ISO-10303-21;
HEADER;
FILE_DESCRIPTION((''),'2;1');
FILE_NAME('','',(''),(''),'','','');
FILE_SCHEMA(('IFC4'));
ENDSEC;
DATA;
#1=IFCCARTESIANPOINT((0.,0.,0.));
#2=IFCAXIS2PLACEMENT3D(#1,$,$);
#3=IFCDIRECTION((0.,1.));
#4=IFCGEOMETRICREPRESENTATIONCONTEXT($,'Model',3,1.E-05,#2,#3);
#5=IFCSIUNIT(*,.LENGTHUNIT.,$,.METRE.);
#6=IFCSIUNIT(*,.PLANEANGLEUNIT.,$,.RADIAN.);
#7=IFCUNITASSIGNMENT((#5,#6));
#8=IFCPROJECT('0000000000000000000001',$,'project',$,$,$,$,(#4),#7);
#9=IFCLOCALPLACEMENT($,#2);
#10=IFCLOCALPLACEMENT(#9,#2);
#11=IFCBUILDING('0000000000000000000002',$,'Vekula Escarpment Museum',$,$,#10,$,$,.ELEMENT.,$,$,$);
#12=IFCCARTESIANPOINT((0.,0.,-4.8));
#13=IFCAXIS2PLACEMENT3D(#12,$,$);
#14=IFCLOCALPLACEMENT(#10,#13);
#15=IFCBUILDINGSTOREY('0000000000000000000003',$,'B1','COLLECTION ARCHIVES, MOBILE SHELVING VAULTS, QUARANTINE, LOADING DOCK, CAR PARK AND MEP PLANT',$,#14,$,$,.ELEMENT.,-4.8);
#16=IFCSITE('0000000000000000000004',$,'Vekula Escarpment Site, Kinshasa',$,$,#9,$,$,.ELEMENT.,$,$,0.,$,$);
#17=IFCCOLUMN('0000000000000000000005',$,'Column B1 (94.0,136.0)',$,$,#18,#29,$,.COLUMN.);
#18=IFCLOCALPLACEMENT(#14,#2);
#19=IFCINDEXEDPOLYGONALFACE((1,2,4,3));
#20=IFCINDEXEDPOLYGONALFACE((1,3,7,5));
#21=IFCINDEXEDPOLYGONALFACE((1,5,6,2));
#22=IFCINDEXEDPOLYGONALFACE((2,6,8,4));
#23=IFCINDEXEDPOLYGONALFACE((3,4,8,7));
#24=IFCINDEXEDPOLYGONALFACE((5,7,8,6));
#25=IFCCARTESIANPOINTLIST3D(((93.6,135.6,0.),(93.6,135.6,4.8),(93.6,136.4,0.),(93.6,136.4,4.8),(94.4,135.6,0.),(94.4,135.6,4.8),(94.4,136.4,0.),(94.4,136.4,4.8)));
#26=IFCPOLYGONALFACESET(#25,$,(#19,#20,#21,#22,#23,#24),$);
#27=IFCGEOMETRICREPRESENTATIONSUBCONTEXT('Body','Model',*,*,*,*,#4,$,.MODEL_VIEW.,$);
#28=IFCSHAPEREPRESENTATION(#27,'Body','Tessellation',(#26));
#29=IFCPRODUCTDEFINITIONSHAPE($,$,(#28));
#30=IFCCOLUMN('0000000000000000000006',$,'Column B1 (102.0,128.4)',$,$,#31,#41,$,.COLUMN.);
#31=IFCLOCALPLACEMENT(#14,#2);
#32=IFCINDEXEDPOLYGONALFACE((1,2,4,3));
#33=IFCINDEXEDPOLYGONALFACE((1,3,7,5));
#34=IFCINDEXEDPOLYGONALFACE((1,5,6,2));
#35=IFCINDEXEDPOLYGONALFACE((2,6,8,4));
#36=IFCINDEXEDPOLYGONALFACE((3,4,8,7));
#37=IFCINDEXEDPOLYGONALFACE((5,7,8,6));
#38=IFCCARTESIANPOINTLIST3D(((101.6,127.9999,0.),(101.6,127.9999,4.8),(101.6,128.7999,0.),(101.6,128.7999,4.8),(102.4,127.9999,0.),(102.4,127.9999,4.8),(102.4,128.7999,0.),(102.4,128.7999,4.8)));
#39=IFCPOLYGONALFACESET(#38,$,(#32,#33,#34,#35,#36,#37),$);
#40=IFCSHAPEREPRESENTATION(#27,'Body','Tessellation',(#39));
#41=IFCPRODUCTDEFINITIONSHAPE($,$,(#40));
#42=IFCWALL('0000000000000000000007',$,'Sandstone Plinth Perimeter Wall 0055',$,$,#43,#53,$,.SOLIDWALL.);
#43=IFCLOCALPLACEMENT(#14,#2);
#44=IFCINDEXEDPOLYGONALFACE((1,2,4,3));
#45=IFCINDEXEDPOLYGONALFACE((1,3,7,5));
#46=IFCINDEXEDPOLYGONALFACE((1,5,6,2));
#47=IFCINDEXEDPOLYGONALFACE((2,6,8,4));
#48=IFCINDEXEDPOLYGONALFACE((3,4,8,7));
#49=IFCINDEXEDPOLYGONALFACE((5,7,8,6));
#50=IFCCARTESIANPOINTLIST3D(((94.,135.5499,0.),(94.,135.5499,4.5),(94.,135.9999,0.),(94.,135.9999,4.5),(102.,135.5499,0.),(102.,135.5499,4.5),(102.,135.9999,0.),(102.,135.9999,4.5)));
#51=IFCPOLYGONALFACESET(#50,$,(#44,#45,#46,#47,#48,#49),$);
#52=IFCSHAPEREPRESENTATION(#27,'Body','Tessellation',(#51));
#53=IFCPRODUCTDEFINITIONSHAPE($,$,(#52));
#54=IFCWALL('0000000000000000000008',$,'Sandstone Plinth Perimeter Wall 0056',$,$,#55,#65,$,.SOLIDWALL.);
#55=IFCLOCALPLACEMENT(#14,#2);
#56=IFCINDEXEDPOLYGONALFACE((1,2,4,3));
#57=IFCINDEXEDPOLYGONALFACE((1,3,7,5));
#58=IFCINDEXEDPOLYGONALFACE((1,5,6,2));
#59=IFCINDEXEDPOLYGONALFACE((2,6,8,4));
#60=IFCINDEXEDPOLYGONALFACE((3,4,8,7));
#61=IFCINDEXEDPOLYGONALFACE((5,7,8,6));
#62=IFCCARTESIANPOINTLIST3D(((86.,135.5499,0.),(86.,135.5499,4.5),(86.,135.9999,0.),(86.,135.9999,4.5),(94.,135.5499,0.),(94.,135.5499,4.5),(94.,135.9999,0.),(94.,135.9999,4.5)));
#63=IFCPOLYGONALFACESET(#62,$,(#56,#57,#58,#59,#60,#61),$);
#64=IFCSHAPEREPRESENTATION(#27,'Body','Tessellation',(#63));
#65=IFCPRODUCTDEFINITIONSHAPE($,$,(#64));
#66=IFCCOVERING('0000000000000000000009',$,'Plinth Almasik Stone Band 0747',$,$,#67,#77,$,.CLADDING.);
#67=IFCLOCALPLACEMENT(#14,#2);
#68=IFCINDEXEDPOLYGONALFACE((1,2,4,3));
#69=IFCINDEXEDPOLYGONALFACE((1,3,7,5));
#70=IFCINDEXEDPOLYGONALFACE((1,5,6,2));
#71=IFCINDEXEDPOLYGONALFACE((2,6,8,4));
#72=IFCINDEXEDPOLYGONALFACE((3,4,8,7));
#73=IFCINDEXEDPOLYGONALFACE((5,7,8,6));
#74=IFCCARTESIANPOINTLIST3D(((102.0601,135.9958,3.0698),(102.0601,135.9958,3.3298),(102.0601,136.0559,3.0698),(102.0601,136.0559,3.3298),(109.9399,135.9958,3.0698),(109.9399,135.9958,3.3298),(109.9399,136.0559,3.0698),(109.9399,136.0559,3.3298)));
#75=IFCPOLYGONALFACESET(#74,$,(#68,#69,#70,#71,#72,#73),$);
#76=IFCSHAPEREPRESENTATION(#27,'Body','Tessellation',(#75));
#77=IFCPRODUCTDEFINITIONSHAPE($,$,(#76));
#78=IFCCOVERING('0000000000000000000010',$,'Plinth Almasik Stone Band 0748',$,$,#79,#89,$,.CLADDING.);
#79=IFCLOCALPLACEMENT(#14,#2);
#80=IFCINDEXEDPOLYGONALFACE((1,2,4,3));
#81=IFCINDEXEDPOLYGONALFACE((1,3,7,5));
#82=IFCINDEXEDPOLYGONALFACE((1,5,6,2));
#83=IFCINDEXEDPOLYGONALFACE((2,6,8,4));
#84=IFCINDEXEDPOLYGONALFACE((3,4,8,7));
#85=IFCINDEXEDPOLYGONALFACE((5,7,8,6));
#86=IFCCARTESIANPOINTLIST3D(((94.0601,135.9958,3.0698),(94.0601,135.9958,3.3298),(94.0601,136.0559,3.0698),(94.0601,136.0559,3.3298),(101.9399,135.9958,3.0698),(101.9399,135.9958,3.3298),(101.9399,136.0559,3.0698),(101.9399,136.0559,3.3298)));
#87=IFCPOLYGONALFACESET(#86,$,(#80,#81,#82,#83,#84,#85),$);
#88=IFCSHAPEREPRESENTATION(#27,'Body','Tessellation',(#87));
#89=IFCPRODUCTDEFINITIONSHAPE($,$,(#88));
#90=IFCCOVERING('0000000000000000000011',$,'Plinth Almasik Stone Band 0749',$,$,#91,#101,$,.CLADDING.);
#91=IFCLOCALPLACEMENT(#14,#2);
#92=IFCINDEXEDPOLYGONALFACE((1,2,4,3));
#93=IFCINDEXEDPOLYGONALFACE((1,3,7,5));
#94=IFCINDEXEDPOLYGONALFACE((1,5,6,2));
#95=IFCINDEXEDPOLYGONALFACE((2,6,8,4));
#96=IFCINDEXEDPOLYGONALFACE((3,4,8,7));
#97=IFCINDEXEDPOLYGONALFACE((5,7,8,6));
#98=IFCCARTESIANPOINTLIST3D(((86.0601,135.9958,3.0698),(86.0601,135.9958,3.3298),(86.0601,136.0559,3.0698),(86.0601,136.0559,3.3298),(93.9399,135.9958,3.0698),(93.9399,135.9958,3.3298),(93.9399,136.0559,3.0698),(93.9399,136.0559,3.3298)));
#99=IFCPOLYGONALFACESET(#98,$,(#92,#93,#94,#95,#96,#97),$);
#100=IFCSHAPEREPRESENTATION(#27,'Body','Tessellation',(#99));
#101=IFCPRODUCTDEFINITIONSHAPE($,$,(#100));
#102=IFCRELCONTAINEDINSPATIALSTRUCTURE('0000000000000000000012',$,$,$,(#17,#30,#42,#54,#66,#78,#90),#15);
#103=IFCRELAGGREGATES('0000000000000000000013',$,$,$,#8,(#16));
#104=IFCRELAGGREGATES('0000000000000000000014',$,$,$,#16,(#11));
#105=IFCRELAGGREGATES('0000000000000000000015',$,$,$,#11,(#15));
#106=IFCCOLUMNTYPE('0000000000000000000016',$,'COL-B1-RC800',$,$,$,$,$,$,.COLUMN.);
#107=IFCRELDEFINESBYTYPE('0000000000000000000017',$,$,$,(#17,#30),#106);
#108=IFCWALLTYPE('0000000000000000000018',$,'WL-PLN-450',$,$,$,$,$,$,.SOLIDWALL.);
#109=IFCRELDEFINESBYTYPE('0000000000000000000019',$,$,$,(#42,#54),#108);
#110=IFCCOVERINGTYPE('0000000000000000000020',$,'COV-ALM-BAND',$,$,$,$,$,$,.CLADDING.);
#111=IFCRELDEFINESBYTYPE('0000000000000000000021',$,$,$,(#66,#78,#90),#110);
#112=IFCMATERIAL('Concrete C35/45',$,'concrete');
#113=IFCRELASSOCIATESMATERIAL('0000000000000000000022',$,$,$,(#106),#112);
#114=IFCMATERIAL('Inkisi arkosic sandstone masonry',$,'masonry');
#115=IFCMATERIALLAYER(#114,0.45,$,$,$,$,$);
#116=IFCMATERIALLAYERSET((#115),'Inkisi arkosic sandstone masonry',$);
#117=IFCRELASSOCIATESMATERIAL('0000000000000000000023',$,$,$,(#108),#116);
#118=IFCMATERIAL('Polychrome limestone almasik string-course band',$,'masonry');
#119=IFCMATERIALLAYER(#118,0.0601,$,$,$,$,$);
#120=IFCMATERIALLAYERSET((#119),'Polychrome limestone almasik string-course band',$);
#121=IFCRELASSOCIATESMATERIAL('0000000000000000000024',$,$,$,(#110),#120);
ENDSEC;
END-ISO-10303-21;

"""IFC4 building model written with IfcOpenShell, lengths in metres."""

from ifc_helpers import new_model, si_unit, direction, frame, frame_2d, origin, origin_2d, place, context, subcontext, project, spatial, rectangle, extrude, material, layer, layer_set, material_profile, profile_set, type_object, element, save


model = new_model("IFC4")

# Units and contexts
model_context = context("Model", 3, precision=1e-05, world=origin(), true_north=direction((0.0, 1.0)))
body_context = subcontext(model_context, "Body", "Model", "MODEL_VIEW")
ifc_project = project(units=[si_unit("LENGTHUNIT", "METRE"), si_unit("PLANEANGLEUNIT", "RADIAN")], contexts=[model_context])

# Site, building, storey
site_placement = place(None, origin())
site = spatial("IfcSite", under=ifc_project, at=site_placement, Name="Vekula Escarpment Site, Kinshasa", CompositionType="ELEMENT", RefElevation=0.0)
building_placement = place(site_placement, origin())
building = spatial("IfcBuilding", under=site, at=building_placement, Name="Vekula Escarpment Museum", CompositionType="ELEMENT")
storey_placement = place(building_placement, frame((0.0, 0.0, -4.8)))
storey = spatial("IfcBuildingStorey", under=building, at=storey_placement, Name="B1", Description="COLLECTION ARCHIVES, MOBILE SHELVING VAULTS, QUARANTINE, LOADING DOCK, CAR PARK AND MEP PLANT", CompositionType="ELEMENT", Elevation=-4.8)

# Columns
ifc_material_1 = material(Name="Concrete C35/45", Category="concrete")
ifc_material_profile_1 = material_profile(ifc_material_1, rectangle(XDim=0.8, YDim=0.8, at=origin_2d()), Name="RC 800x800")
ifc_profile_set_1 = profile_set([ifc_material_profile_1], Name="Concrete C35/45")
column_type_1 = type_object("IfcColumnType", Name="COL-B1-RC800", PredefinedType="COLUMN", material=ifc_profile_set_1)
for number, where, z_axis, x_axis, name in (
    (1, (94.0, 136.0, 0.0), (0.0, 0.0, 1.0), (1.0, 0.0, 0.0), "Column B1 (94.0,136.0)"),
    (2, (102.0, 128.3999, 0.0), (0.0, 0.0, 1.0), (1.0, 0.0, 0.0), "Column B1 (102.0,128.4)"),
):
    element("IfcColumn", number, at=place(storey_placement, frame(where, z_axis=z_axis, x_axis=x_axis)), inside=storey, type_object=column_type_1, Name=name, PredefinedType="COLUMN", context=body_context, shape_type="SweptSolid", body=[
        extrude(rectangle(XDim=0.8, YDim=0.8, at=origin_2d()), origin(), (0.0, 0.0, 1.0), 4.8),
    ])

# Walls
ifc_material_2 = material(Name="Inkisi arkosic sandstone masonry", Category="masonry")
ifc_layer_1 = layer(ifc_material_2, 0.45)
ifc_layer_set_1 = layer_set([ifc_layer_1], Name="Inkisi arkosic sandstone masonry")
wall_type = type_object("IfcWallType", Name="WL-PLN-450", PredefinedType="SOLIDWALL", material=ifc_layer_set_1)
for number, where, z_axis, x_axis, name in (
    (3, (102.0, 135.7749, 0.0), (0.0, 0.0, 1.0), (-1.0, 0.0, 0.0), "Sandstone Plinth Perimeter Wall 0055"),
    (4, (94.0, 135.7749, 0.0), (0.0, 0.0, 1.0), (-1.0, 0.0, 0.0), "Sandstone Plinth Perimeter Wall 0056"),
):
    element("IfcWall", number, at=place(storey_placement, frame(where, z_axis=z_axis, x_axis=x_axis)), inside=storey, type_object=wall_type, Name=name, PredefinedType="SOLIDWALL", context=body_context, shape_type="SweptSolid", body=[
        extrude(rectangle(XDim=8.0, YDim=0.45, at=frame_2d((4.0, 0.0))), origin(), (0.0, 0.0, 1.0), 4.5),
    ])

# Coverings
ifc_material_3 = material(Name="Polychrome limestone almasik string-course band", Category="masonry")
ifc_layer_2 = layer(ifc_material_3, 0.0601)
ifc_layer_set_2 = layer_set([ifc_layer_2], Name="Polychrome limestone almasik string-course band")
covering_type = type_object("IfcCoveringType", Name="COV-ALM-BAND", PredefinedType="CLADDING", material=ifc_layer_set_2)
for number, where, z_axis, x_axis, name in (
    (5, (106.0, 136.0259, 3.0698), (0.0, 0.0, 1.0), (1.0, 0.0, 0.0), "Plinth Almasik Stone Band 0747"),
    (6, (98.0, 136.0259, 3.0698), (0.0, 0.0, 1.0), (1.0, 0.0, 0.0), "Plinth Almasik Stone Band 0748"),
    (7, (90.0, 136.0259, 3.0698), (0.0, 0.0, 1.0), (1.0, 0.0, 0.0), "Plinth Almasik Stone Band 0749"),
):
    element("IfcCovering", number, at=place(storey_placement, frame(where, z_axis=z_axis, x_axis=x_axis)), inside=storey, type_object=covering_type, Name=name, PredefinedType="CLADDING", context=body_context, shape_type="SweptSolid", body=[
        extrude(rectangle(XDim=7.8799, YDim=0.0601, at=origin_2d()), origin(), (0.0, 0.0, 1.0), 0.26),
    ])

save(model, "model.ifc")
